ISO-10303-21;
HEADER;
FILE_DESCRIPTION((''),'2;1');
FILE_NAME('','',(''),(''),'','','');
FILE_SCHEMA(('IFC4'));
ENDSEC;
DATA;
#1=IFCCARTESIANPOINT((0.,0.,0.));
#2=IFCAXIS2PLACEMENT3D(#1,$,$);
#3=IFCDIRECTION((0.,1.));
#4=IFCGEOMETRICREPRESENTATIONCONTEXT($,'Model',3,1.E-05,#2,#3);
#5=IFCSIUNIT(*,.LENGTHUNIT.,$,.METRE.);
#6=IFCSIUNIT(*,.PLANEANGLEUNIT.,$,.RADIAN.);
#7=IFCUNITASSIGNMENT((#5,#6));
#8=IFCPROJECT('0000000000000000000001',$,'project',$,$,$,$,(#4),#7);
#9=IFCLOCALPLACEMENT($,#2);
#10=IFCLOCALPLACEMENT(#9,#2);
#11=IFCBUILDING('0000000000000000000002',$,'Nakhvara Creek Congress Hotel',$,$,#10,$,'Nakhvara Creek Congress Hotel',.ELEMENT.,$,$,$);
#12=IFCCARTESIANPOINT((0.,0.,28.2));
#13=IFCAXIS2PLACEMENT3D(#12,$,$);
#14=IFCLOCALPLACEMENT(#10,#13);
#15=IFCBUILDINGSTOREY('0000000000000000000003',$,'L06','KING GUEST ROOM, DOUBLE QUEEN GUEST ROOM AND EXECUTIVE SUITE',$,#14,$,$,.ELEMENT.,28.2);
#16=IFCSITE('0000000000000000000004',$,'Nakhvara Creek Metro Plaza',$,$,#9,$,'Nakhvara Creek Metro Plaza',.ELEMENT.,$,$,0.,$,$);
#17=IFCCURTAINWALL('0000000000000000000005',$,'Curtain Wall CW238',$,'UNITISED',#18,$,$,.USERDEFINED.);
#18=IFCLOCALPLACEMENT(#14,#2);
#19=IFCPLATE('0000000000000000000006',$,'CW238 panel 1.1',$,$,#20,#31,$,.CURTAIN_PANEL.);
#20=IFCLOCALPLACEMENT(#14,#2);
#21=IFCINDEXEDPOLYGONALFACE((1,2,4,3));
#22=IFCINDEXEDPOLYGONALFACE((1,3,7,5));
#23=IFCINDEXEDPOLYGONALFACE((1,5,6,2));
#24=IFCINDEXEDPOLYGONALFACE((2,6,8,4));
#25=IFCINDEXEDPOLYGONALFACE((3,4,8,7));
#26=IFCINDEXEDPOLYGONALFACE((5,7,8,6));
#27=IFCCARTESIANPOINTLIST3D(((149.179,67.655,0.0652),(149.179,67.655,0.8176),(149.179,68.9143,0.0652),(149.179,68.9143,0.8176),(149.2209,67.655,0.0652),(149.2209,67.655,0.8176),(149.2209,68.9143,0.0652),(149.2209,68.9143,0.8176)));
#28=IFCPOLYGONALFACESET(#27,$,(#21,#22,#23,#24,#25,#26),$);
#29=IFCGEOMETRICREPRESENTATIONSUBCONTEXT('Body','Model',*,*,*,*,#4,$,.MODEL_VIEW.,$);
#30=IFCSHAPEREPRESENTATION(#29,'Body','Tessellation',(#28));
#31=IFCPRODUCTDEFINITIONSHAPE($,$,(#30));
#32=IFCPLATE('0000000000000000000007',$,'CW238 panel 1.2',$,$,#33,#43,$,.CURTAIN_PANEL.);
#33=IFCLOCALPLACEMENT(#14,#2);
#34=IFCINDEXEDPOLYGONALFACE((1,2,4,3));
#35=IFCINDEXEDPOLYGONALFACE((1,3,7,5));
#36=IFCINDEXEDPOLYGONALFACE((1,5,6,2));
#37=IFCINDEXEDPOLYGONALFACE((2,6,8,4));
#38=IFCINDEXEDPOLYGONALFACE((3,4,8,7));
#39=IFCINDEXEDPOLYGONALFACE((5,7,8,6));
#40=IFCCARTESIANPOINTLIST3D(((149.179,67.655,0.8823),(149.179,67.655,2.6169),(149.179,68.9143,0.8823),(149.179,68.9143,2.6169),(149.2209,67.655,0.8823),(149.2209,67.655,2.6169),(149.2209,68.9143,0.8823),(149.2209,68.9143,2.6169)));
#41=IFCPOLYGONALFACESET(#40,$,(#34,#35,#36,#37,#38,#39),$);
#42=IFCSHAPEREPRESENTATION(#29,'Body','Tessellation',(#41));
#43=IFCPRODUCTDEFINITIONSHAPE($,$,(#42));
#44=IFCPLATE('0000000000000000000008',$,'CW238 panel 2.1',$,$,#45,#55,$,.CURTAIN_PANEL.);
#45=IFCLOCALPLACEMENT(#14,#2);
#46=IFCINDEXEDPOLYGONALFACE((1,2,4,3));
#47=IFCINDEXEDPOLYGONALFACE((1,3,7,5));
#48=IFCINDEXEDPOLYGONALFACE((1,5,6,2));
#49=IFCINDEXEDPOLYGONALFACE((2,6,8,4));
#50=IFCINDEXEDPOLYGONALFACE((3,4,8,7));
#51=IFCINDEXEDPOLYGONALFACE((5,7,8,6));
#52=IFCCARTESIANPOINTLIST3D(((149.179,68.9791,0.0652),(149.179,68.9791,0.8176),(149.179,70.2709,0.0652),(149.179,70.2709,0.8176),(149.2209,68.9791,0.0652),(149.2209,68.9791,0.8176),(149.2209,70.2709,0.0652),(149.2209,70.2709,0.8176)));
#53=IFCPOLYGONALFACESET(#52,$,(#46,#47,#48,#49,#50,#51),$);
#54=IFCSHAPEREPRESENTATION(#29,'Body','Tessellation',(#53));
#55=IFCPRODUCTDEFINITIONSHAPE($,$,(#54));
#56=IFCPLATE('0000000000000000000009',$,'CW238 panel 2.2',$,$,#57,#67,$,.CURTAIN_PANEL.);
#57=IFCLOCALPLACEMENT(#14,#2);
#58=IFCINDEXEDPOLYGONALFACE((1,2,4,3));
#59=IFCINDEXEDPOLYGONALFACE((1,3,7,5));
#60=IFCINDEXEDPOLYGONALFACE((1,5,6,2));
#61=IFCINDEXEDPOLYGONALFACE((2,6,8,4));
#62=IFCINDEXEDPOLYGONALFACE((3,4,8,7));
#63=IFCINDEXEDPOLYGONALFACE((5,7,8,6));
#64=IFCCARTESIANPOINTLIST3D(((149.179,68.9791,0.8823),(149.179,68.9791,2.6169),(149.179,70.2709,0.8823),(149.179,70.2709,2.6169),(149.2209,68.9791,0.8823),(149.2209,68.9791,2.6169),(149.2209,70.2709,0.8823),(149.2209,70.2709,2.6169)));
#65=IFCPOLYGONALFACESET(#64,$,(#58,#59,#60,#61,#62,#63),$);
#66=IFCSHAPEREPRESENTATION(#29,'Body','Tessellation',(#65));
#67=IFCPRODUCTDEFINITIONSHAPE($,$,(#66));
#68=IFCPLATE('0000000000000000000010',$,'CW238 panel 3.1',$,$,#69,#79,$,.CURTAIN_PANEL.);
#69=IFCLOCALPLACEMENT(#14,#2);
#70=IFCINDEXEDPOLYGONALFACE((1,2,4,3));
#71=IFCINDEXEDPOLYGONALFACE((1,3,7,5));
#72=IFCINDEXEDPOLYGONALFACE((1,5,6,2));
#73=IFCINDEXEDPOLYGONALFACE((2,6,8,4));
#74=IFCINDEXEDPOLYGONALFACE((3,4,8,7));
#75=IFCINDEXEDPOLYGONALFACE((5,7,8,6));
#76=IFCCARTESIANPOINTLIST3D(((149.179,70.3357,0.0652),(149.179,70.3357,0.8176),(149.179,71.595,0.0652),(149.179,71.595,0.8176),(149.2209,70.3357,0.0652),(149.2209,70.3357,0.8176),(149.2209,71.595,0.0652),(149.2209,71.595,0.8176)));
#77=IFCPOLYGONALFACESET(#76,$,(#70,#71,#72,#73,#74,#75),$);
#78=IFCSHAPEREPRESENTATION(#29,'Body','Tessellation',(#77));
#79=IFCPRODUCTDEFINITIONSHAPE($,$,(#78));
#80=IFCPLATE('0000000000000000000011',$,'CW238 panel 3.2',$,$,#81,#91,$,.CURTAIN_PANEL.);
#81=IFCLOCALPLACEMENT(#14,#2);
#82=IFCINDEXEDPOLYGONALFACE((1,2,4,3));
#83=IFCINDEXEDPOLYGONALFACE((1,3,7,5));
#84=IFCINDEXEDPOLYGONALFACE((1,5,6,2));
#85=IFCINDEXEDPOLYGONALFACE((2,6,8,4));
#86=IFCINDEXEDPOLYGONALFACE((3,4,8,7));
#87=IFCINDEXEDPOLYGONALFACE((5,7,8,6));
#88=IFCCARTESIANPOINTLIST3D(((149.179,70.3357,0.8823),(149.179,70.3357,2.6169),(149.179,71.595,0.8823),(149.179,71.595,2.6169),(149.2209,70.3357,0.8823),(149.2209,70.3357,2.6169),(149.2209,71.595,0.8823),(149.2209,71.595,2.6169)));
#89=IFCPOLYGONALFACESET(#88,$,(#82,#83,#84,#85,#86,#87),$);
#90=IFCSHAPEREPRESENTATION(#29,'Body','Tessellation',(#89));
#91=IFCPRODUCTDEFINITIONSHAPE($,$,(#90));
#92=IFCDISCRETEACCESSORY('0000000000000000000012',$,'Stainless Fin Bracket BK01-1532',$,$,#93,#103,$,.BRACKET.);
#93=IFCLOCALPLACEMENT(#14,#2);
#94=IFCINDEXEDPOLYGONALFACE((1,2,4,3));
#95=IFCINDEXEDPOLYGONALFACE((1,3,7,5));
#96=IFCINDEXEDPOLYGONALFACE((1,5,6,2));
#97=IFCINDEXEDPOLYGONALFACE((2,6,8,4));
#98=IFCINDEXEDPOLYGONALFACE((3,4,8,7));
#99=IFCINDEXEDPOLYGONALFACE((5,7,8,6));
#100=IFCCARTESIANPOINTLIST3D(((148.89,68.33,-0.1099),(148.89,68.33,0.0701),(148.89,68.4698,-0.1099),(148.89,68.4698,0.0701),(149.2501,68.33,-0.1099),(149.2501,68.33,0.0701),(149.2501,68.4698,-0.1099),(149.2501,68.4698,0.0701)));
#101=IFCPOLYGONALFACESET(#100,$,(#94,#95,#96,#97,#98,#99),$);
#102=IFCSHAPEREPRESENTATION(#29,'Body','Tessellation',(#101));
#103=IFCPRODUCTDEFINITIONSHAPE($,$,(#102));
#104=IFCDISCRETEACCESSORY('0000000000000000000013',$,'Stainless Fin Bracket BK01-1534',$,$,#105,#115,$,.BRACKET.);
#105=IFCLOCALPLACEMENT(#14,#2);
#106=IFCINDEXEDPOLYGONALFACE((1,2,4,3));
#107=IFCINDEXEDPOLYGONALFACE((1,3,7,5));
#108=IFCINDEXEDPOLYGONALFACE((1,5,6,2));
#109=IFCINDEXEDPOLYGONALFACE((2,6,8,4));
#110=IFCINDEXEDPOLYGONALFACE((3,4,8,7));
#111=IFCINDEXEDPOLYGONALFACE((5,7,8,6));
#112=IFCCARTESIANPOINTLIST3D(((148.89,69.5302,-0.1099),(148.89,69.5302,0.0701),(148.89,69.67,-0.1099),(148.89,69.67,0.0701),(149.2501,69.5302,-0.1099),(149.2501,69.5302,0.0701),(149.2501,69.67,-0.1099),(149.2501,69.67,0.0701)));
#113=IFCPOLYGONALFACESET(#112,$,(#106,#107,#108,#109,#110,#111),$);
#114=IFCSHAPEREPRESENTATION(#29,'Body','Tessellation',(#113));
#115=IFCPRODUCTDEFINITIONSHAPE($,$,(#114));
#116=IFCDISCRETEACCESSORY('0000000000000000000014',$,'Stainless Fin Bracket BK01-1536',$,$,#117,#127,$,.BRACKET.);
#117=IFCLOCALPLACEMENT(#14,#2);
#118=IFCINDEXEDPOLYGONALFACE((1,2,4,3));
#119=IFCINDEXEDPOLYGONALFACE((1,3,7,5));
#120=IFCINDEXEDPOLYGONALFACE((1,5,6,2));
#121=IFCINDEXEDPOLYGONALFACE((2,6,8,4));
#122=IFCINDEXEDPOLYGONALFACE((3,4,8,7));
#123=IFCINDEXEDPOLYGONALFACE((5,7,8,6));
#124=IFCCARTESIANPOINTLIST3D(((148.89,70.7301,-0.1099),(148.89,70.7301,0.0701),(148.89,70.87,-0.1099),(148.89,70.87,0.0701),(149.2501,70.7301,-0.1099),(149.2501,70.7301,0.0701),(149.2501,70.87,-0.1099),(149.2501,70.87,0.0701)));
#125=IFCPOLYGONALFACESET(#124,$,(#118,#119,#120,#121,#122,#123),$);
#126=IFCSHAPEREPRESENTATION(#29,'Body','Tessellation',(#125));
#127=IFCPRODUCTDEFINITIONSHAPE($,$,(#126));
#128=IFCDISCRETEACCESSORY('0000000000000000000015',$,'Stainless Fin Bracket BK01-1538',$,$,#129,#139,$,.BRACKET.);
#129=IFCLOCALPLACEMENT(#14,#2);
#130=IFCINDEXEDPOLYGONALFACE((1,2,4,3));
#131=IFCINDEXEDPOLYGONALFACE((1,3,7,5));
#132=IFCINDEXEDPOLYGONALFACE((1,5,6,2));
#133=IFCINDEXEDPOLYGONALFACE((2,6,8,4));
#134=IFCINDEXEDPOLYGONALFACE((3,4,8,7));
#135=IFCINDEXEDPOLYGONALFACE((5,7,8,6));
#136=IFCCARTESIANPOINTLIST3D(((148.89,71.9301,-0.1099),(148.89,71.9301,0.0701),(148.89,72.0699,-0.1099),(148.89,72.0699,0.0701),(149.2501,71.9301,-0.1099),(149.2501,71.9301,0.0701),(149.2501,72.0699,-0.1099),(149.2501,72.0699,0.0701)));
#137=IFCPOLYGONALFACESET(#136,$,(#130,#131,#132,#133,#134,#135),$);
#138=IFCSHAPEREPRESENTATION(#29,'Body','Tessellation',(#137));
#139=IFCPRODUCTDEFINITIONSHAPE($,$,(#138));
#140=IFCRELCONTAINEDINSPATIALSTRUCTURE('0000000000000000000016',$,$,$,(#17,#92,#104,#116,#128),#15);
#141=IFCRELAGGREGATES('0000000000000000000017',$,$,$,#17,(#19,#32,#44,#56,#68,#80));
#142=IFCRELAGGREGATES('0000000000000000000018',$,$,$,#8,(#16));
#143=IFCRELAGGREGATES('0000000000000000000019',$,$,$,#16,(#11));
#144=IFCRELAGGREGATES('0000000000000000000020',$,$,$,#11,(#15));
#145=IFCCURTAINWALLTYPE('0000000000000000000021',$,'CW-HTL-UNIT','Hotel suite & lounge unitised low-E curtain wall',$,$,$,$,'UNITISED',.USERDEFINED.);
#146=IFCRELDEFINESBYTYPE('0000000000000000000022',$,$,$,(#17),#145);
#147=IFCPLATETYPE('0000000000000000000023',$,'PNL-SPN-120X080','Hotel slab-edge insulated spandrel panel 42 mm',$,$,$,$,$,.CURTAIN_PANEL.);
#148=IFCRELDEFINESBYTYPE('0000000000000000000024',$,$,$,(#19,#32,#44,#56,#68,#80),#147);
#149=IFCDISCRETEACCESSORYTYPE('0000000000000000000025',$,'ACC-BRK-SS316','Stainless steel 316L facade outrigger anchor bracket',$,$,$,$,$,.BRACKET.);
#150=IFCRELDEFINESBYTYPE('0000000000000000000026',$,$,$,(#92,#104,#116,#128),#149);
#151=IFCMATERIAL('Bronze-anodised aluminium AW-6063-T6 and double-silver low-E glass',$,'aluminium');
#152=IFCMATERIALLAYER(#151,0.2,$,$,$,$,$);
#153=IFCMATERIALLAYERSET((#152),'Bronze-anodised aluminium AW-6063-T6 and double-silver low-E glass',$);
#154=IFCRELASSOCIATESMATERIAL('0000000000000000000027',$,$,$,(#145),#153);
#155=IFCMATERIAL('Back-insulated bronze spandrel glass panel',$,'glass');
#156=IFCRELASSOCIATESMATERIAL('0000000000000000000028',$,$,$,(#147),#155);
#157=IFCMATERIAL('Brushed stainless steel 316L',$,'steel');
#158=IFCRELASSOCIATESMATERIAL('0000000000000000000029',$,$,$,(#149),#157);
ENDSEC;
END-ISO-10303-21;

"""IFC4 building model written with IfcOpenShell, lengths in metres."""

from ifc_helpers import new_model, si_unit, direction, frame, origin, origin_2d, place, context, subcontext, project, spatial, rectangle, extrude, material, layer, layer_set, type_object, element, aggregate, save


model = new_model("IFC4")

# Units and contexts
model_context = context("Model", 3, precision=1e-05, world=origin(), true_north=direction((0.0, 1.0)))
body_context = subcontext(model_context, "Body", "Model", "MODEL_VIEW")
ifc_project = project(units=[si_unit("LENGTHUNIT", "METRE"), si_unit("PLANEANGLEUNIT", "RADIAN")], contexts=[model_context])

# Site, building, storey
site_placement = place(None, origin())
site = spatial("IfcSite", under=ifc_project, at=site_placement, Name="Nakhvara Creek Metro Plaza", LongName="Nakhvara Creek Metro Plaza", CompositionType="ELEMENT", RefElevation=0.0)
building_placement = place(site_placement, origin())
building = spatial("IfcBuilding", under=site, at=building_placement, Name="Nakhvara Creek Congress Hotel", LongName="Nakhvara Creek Congress Hotel", CompositionType="ELEMENT")
storey_placement = place(building_placement, frame((0.0, 0.0, 28.2)))
storey = spatial("IfcBuildingStorey", under=building, at=storey_placement, Name="L06", Description="KING GUEST ROOM, DOUBLE QUEEN GUEST ROOM AND EXECUTIVE SUITE", CompositionType="ELEMENT", Elevation=28.2)

# Curtain wall, plates
ifc_material_1 = material(Name="Bronze-anodised aluminium AW-6063-T6 and double-silver low-E glass", Category="aluminium")
ifc_layer = layer(ifc_material_1, 0.2)
ifc_layer_set = layer_set([ifc_layer], Name="Bronze-anodised aluminium AW-6063-T6 and double-silver low-E glass")
curtain_wall_type = type_object("IfcCurtainWallType", Name="CW-HTL-UNIT", Description="Hotel suite & lounge unitised low-E curtain wall", ElementType="UNITISED", PredefinedType="USERDEFINED", material=ifc_layer_set)
curtain_wall_placement = place(storey_placement, origin())
curtain_wall = element("IfcCurtainWall", 1, at=curtain_wall_placement, inside=storey, type_object=curtain_wall_type, Name="Curtain Wall CW238", ObjectType="UNITISED", PredefinedType="USERDEFINED")
ifc_material_2 = material(Name="Back-insulated bronze spandrel glass panel", Category="glass")
plate_type = type_object("IfcPlateType", Name="PNL-SPN-120X080", Description="Hotel slab-edge insulated spandrel panel 42 mm", PredefinedType="CURTAIN_PANEL", material=ifc_material_2)
plate_1_placement = place(storey_placement, frame((149.2, 68.2847, 0.0652), z_axis=(0.0, 0.0, 1.0), x_axis=(0.0, 1.0, 0.0)))
plate_1 = element("IfcPlate", 2, at=plate_1_placement, type_object=plate_type, Name="CW238 panel 1.1", PredefinedType="CURTAIN_PANEL", context=body_context, shape_type="SweptSolid", body=[
    extrude(rectangle(XDim=1.2593, YDim=0.042, at=origin_2d()), origin(), (0.0, 0.0, 1.0), 0.7524),
])
plate_2_placement = place(storey_placement, frame((149.2, 68.2847, 0.8823), z_axis=(0.0, 0.0, 1.0), x_axis=(0.0, 1.0, 0.0)))
plate_2 = element("IfcPlate", 3, at=plate_2_placement, type_object=plate_type, Name="CW238 panel 1.2", PredefinedType="CURTAIN_PANEL", context=body_context, shape_type="SweptSolid", body=[
    extrude(rectangle(XDim=1.2593, YDim=0.042, at=origin_2d()), origin(), (0.0, 0.0, 1.0), 1.7346),
])
plate_3_placement = place(storey_placement, frame((149.2, 69.625, 0.0652), z_axis=(0.0, 0.0, 1.0), x_axis=(0.0, 1.0, 0.0)))
plate_3 = element("IfcPlate", 4, at=plate_3_placement, type_object=plate_type, Name="CW238 panel 2.1", PredefinedType="CURTAIN_PANEL", context=body_context, shape_type="SweptSolid", body=[
    extrude(rectangle(XDim=1.2917, YDim=0.042, at=origin_2d()), origin(), (0.0, 0.0, 1.0), 0.7524),
])
plate_4_placement = place(storey_placement, frame((149.2, 69.625, 0.8823), z_axis=(0.0, 0.0, 1.0), x_axis=(0.0, 1.0, 0.0)))
plate_4 = element("IfcPlate", 5, at=plate_4_placement, type_object=plate_type, Name="CW238 panel 2.2", PredefinedType="CURTAIN_PANEL", context=body_context, shape_type="SweptSolid", body=[
    extrude(rectangle(XDim=1.2917, YDim=0.042, at=origin_2d()), origin(), (0.0, 0.0, 1.0), 1.7346),
])
plate_5_placement = place(storey_placement, frame((149.2, 70.9653, 0.0652), z_axis=(0.0, 0.0, 1.0), x_axis=(0.0, 1.0, 0.0)))
plate_5 = element("IfcPlate", 6, at=plate_5_placement, type_object=plate_type, Name="CW238 panel 3.1", PredefinedType="CURTAIN_PANEL", context=body_context, shape_type="SweptSolid", body=[
    extrude(rectangle(XDim=1.2593, YDim=0.042, at=origin_2d()), origin(), (0.0, 0.0, 1.0), 0.7524),
])
plate_6_placement = place(storey_placement, frame((149.2, 70.9653, 0.8823), z_axis=(0.0, 0.0, 1.0), x_axis=(0.0, 1.0, 0.0)))
plate_6 = element("IfcPlate", 7, at=plate_6_placement, type_object=plate_type, Name="CW238 panel 3.2", PredefinedType="CURTAIN_PANEL", context=body_context, shape_type="SweptSolid", body=[
    extrude(rectangle(XDim=1.2593, YDim=0.042, at=origin_2d()), origin(), (0.0, 0.0, 1.0), 1.7346),
])
aggregate(curtain_wall, [plate_1, plate_2, plate_3, plate_4, plate_5, plate_6])

# Discrete accessories
ifc_material_3 = material(Name="Brushed stainless steel 316L", Category="steel")
discrete_accessory_type = type_object("IfcDiscreteAccessoryType", Name="ACC-BRK-SS316", Description="Stainless steel 316L facade outrigger anchor bracket", PredefinedType="BRACKET", material=ifc_material_3)
for number, where, z_axis, x_axis, name in (
    (8, (149.0701, 68.3999, -0.1099), (0.0, 0.0, 1.0), (0.0, 1.0, 0.0), "Stainless Fin Bracket BK01-1532"),
    (9, (149.0701, 69.6001, -0.1099), (0.0, 0.0, 1.0), (0.0, 1.0, 0.0), "Stainless Fin Bracket BK01-1534"),
    (10, (149.0701, 70.8, -0.1099), (0.0, 0.0, 1.0), (0.0, 1.0, 0.0), "Stainless Fin Bracket BK01-1536"),
    (11, (149.0701, 72.0, -0.1099), (0.0, 0.0, 1.0), (0.0, 1.0, 0.0), "Stainless Fin Bracket BK01-1538"),
):
    element("IfcDiscreteAccessory", number, at=place(storey_placement, frame(where, z_axis=z_axis, x_axis=x_axis)), inside=storey, type_object=discrete_accessory_type, Name=name, PredefinedType="BRACKET", context=body_context, shape_type="SweptSolid", body=[
        extrude(rectangle(XDim=0.1399, YDim=0.3601, at=origin_2d()), origin(), (0.0, 0.0, 1.0), 0.1799),
    ])

save(model, "model.ifc")
